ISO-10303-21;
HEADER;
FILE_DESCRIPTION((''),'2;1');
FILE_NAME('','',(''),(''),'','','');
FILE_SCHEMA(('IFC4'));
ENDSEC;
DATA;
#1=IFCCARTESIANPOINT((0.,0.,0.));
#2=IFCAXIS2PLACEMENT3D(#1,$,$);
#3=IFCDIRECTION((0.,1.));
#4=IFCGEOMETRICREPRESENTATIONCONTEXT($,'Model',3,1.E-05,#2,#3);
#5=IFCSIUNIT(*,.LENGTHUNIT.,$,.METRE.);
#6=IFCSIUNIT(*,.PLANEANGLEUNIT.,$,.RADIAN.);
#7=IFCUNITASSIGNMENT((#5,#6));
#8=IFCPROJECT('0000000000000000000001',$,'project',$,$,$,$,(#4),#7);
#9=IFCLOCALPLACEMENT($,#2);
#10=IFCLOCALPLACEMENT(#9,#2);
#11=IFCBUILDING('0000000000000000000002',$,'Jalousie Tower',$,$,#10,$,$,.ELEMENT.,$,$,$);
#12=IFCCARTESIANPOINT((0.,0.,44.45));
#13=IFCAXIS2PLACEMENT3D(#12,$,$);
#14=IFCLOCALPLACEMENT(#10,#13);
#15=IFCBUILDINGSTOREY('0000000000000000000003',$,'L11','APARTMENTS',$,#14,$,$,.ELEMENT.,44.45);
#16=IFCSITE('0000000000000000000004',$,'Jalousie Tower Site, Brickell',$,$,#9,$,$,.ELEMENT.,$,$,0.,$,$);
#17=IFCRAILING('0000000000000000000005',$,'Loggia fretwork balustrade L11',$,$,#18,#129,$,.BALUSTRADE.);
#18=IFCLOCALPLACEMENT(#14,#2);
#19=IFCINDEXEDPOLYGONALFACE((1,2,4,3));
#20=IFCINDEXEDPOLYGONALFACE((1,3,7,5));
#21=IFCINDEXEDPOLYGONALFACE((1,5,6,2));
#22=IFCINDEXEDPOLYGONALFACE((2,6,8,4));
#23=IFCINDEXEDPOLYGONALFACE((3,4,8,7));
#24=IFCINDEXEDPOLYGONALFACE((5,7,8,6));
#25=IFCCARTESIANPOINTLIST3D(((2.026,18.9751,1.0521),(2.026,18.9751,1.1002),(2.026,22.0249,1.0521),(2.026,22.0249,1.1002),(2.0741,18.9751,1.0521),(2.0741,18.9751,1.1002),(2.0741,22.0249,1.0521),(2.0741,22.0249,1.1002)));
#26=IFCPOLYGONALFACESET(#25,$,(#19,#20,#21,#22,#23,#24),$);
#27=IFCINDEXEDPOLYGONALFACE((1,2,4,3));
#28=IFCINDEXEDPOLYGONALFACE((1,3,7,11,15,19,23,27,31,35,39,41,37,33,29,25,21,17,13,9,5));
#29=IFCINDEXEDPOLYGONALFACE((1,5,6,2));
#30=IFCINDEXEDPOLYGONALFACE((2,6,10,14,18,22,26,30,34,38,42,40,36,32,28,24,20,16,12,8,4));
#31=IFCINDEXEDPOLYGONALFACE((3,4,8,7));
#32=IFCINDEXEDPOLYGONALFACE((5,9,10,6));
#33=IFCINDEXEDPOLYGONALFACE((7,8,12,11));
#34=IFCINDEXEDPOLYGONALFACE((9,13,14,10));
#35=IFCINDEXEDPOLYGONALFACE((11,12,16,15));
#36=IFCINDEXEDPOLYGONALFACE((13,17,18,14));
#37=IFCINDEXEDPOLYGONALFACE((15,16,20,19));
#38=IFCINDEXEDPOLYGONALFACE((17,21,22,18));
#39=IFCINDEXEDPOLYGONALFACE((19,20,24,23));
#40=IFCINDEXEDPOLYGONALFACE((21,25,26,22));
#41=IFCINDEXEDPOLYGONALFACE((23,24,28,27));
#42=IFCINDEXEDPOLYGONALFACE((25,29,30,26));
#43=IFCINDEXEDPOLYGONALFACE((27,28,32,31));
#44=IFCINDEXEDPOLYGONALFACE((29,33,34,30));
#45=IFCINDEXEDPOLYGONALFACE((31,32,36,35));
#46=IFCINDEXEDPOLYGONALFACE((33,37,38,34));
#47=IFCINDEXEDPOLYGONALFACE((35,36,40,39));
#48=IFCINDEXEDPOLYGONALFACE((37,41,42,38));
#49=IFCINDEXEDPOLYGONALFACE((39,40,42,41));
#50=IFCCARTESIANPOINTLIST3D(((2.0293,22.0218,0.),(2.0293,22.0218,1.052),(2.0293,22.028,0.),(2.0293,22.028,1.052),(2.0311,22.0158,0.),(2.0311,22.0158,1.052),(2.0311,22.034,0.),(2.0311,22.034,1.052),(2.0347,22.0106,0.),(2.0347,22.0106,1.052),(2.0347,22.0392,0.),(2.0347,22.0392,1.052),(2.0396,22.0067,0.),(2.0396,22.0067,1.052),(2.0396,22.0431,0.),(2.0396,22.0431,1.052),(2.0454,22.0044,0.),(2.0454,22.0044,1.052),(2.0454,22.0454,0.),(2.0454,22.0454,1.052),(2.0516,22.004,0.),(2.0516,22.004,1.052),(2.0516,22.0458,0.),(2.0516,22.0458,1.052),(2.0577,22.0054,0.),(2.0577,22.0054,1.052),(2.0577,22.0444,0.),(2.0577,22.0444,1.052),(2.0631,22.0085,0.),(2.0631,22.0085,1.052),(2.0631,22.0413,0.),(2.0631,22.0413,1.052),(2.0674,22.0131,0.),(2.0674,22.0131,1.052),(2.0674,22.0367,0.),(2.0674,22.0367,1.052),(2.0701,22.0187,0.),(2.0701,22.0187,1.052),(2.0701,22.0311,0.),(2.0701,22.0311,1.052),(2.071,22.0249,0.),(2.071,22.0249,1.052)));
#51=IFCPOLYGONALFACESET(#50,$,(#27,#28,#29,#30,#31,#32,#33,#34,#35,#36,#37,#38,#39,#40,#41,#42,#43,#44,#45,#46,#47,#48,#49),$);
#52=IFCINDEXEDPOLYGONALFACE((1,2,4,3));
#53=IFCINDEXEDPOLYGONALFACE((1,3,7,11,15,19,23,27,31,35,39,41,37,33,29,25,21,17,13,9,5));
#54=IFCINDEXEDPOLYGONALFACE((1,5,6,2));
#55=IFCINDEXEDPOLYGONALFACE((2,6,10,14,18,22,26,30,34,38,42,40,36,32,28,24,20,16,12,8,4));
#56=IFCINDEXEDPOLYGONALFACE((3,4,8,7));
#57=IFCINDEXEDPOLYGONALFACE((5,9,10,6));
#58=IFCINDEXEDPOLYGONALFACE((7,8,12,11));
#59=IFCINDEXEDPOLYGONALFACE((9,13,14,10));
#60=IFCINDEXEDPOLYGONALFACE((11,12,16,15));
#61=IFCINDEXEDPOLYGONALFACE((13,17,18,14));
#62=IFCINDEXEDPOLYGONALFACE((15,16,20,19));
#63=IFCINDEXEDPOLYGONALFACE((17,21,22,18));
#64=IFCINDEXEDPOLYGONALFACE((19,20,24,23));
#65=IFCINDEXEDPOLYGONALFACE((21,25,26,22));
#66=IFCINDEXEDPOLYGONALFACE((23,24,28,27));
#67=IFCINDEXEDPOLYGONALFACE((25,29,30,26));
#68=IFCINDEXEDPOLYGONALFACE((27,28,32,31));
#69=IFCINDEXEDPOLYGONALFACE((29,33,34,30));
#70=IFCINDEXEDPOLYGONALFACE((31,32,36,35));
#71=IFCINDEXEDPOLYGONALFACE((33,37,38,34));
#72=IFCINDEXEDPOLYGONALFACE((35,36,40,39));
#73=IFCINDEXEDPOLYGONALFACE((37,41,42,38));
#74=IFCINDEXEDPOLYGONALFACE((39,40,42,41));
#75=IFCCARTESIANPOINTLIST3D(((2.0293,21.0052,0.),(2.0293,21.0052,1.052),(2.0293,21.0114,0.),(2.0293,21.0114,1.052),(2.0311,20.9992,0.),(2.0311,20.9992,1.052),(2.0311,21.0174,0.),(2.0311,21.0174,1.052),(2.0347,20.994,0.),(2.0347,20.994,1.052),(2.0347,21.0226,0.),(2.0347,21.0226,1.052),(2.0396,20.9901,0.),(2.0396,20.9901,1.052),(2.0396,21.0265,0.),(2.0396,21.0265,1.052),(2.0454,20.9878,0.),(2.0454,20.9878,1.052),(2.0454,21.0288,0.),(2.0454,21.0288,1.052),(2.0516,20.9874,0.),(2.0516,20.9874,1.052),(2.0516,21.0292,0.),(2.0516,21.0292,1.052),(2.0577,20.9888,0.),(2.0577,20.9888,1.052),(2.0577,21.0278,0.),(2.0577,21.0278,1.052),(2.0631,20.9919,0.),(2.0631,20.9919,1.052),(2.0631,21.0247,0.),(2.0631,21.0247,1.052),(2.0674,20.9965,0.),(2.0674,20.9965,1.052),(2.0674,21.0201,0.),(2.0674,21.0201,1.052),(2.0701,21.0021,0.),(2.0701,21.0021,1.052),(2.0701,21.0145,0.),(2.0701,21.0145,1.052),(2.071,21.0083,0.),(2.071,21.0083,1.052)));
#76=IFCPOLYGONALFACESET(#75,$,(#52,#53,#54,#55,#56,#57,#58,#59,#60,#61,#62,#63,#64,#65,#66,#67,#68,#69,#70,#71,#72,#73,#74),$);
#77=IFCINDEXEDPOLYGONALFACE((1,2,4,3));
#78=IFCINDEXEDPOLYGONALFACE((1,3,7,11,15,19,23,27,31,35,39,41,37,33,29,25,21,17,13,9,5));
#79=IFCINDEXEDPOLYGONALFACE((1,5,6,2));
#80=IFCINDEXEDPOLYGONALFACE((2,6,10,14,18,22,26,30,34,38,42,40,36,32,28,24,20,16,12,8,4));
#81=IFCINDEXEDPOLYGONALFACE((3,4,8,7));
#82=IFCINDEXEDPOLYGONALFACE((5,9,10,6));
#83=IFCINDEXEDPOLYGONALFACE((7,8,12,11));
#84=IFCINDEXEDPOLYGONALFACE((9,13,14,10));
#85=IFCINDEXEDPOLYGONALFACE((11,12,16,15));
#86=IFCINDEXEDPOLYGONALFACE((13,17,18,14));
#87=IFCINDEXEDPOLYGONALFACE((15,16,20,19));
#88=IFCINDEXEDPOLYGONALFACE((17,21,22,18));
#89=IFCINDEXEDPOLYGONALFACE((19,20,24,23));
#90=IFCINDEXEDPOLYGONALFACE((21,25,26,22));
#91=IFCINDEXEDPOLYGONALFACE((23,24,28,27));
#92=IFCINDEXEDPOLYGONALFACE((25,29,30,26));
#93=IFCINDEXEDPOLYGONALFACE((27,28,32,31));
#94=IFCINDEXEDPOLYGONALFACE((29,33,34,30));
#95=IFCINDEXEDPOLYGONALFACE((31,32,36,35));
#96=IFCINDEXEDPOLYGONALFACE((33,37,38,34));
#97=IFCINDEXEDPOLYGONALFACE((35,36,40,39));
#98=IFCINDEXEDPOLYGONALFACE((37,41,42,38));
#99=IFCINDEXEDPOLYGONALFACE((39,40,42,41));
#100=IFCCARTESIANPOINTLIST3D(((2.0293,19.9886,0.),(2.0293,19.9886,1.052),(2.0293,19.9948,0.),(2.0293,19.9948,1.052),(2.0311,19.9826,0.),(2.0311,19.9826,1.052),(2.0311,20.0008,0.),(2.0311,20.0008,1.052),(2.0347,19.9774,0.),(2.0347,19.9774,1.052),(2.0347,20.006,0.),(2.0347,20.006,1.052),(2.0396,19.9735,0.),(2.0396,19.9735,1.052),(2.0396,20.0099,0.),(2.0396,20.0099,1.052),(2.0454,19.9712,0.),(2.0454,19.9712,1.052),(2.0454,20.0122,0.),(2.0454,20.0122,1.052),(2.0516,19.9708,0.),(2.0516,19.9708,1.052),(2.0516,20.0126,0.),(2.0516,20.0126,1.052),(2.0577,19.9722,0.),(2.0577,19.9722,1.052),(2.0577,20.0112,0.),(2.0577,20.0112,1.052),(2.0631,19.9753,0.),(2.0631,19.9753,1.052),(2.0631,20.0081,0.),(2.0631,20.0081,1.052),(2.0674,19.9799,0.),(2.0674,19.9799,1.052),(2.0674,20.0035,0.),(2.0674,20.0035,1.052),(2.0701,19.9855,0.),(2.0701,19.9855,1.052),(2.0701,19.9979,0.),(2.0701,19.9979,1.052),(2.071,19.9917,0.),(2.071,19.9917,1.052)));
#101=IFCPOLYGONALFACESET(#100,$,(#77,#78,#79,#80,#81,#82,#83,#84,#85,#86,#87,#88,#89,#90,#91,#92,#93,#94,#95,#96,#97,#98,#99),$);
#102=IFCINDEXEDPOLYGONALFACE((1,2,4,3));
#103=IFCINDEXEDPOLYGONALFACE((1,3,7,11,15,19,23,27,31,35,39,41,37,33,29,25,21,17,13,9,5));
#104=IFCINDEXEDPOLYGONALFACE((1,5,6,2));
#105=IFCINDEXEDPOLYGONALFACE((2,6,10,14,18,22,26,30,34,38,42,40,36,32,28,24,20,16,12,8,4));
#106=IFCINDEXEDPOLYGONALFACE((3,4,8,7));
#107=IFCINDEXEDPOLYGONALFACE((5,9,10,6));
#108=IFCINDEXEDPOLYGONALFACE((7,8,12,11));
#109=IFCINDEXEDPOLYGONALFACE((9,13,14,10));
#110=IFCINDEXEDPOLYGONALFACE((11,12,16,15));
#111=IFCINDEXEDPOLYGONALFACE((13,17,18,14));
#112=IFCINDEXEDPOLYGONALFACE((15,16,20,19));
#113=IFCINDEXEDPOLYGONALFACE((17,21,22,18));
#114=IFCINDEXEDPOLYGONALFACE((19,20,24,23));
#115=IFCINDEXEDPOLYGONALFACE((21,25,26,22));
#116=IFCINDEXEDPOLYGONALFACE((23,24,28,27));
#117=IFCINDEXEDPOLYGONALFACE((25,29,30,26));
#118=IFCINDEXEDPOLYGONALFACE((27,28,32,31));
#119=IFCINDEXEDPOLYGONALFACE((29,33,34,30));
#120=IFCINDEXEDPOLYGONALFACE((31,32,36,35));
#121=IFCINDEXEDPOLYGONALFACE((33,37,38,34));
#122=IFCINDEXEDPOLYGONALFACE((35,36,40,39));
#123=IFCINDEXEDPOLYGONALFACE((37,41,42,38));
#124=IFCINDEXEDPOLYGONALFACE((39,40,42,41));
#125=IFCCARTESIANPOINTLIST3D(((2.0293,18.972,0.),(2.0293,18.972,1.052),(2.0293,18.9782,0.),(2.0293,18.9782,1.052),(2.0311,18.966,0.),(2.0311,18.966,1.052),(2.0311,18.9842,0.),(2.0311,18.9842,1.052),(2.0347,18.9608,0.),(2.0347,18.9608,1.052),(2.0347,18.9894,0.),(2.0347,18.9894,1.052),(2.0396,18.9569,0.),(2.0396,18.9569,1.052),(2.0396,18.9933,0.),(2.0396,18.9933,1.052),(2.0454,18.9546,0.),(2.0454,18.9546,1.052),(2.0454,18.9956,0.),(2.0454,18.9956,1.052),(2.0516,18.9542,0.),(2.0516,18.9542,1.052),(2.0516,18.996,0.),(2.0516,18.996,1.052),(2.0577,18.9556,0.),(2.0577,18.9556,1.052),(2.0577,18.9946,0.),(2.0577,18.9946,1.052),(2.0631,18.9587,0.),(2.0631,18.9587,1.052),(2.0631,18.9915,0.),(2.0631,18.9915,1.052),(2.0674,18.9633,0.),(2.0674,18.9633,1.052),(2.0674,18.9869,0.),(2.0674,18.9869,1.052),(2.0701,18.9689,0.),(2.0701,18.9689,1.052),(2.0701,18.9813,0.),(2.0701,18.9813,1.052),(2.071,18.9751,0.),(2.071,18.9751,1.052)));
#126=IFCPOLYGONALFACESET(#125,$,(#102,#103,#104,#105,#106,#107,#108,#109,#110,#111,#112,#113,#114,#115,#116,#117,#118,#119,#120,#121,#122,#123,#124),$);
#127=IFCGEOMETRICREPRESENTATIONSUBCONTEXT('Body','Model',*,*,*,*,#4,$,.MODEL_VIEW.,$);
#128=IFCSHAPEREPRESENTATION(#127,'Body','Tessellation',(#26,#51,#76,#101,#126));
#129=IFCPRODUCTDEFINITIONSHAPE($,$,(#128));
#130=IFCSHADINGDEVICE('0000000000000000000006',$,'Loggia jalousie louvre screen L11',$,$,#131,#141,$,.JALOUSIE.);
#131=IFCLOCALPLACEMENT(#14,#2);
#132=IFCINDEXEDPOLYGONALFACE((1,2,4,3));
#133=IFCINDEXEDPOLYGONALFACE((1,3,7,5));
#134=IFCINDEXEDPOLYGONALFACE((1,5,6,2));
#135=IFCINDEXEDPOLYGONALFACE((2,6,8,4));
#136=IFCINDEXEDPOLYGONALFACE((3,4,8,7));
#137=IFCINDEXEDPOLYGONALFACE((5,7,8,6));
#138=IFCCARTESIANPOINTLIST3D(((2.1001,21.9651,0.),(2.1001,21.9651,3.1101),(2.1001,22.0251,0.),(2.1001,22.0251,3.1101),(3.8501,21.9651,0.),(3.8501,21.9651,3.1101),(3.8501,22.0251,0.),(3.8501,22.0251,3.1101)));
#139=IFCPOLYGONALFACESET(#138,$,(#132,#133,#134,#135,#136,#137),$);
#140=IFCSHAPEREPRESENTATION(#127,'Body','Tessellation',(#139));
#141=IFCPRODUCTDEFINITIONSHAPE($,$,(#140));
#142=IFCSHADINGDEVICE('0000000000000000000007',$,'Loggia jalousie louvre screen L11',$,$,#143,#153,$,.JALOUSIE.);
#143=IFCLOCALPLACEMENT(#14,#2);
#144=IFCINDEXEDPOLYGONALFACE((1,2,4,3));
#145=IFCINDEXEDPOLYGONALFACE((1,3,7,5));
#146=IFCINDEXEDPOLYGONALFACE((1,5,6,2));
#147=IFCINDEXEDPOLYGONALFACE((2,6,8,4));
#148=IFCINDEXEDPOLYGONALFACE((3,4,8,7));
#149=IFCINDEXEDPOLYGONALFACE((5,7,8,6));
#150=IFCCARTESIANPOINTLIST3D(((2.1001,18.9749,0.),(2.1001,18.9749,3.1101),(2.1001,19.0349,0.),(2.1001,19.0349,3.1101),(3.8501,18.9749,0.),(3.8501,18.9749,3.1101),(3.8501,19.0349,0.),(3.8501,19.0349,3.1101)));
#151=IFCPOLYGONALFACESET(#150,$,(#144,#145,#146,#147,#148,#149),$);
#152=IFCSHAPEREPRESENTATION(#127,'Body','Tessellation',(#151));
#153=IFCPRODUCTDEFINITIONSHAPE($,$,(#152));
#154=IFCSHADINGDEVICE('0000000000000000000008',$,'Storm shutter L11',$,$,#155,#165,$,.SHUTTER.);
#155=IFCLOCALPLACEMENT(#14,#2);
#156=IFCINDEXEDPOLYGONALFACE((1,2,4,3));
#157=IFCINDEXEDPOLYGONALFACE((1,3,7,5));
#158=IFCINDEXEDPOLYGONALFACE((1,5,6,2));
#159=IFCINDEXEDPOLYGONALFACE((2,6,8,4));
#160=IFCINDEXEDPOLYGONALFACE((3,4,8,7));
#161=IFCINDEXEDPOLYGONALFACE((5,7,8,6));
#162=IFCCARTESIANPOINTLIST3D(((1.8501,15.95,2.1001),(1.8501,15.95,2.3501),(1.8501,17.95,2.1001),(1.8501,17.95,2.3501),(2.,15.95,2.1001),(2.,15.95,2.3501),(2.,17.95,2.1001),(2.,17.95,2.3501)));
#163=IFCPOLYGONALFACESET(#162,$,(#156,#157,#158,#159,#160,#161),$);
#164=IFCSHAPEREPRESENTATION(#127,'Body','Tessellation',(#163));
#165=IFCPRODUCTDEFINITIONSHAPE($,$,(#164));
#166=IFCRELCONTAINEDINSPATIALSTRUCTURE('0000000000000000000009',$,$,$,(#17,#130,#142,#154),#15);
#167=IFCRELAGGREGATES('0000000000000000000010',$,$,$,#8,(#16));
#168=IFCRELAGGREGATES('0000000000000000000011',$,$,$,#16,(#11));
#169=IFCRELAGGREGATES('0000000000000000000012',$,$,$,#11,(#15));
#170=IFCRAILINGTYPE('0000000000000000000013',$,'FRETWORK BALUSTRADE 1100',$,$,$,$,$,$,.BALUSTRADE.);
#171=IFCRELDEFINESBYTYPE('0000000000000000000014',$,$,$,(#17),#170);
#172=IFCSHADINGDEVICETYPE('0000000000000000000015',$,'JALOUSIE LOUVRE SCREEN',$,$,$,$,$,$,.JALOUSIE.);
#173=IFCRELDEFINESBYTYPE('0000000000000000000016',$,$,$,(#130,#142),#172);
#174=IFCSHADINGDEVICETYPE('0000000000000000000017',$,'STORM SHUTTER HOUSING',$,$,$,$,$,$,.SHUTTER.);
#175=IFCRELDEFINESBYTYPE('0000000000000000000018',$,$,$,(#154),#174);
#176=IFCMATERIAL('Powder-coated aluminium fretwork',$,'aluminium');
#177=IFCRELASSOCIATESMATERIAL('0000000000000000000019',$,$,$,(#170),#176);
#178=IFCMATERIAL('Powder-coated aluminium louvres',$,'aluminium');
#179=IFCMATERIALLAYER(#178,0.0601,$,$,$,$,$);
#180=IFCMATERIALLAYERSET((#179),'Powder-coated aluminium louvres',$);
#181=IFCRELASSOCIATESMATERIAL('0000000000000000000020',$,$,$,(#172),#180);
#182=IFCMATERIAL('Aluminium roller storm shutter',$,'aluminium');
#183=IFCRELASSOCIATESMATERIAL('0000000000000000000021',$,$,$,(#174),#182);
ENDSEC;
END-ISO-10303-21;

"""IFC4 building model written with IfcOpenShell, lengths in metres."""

from ifc_helpers import new_model, si_unit, direction, frame, origin, origin_2d, place, context, subcontext, project, spatial, rectangle, circle, extrude, material, layer, layer_set, type_object, element, save


model = new_model("IFC4")

# Units and contexts
model_context = context("Model", 3, precision=1e-05, world=origin(), true_north=direction((0.0, 1.0)))
body_context = subcontext(model_context, "Body", "Model", "MODEL_VIEW")
ifc_project = project(units=[si_unit("LENGTHUNIT", "METRE"), si_unit("PLANEANGLEUNIT", "RADIAN")], contexts=[model_context])

# Site, building, storey
site_placement = place(None, origin())
site = spatial("IfcSite", under=ifc_project, at=site_placement, Name="Jalousie Tower Site, Brickell", CompositionType="ELEMENT", RefElevation=0.0)
building_placement = place(site_placement, origin())
building = spatial("IfcBuilding", under=site, at=building_placement, Name="Jalousie Tower", CompositionType="ELEMENT")
storey_placement = place(building_placement, frame((0.0, 0.0, 44.45)))
storey = spatial("IfcBuildingStorey", under=building, at=storey_placement, Name="L11", Description="APARTMENTS", CompositionType="ELEMENT", Elevation=44.45)

# Railing
ifc_material_1 = material(Name="Powder-coated aluminium fretwork", Category="aluminium")
railing_type = type_object("IfcRailingType", Name="FRETWORK BALUSTRADE 1100", PredefinedType="BALUSTRADE", material=ifc_material_1)
railing_placement = place(storey_placement, frame((2.05, 22.0249, 0.0)))
element("IfcRailing", 1, at=railing_placement, inside=storey, type_object=railing_type, Name="Loggia fretwork balustrade L11", PredefinedType="BALUSTRADE", context=body_context, shape_type="SweptSolid", body=[
    extrude(rectangle(XDim=0.0481, YDim=0.0481, at=origin_2d()), frame((0.0, 0.0, 1.0762), z_axis=(0.0, -1.0, 0.0), x_axis=(1.0, 0.0, 0.0)), (0.0, 0.0, 1.0), 3.0498),
    extrude(circle(Radius=0.021, at=origin_2d()), origin(), (0.0, 0.0, 1.0), 1.052),
    extrude(circle(Radius=0.021, at=origin_2d()), frame((0.0, -1.0166, 0.0)), (0.0, 0.0, 1.0), 1.052),
    extrude(circle(Radius=0.021, at=origin_2d()), frame((0.0, -2.0332, 0.0)), (0.0, 0.0, 1.0), 1.052),
    extrude(circle(Radius=0.021, at=origin_2d()), frame((0.0, -3.0498, 0.0)), (0.0, 0.0, 1.0), 1.052),
])

# Shading devices
ifc_material_2 = material(Name="Powder-coated aluminium louvres", Category="aluminium")
ifc_layer_1 = layer(ifc_material_2, 0.0601)
ifc_layer_set_1 = layer_set([ifc_layer_1], Name="Powder-coated aluminium louvres")
shading_device_type_1 = type_object("IfcShadingDeviceType", Name="JALOUSIE LOUVRE SCREEN", PredefinedType="JALOUSIE", material=ifc_layer_set_1)
for number, where, z_axis, x_axis, name in (
    (2, (2.9751, 21.9951, 0.0), (0.0, 0.0, 1.0), (0.0, -1.0, 0.0), "Loggia jalousie louvre screen L11"),
    (3, (2.9751, 19.0049, 0.0), (0.0, 0.0, 1.0), (0.0, -1.0, 0.0), "Loggia jalousie louvre screen L11"),
):
    element("IfcShadingDevice", number, at=place(storey_placement, frame(where, z_axis=z_axis, x_axis=x_axis)), inside=storey, type_object=shading_device_type_1, Name=name, PredefinedType="JALOUSIE", context=body_context, shape_type="SweptSolid", body=[
        extrude(rectangle(XDim=0.0601, YDim=1.75, at=origin_2d()), origin(), (0.0, 0.0, 1.0), 3.1101),
    ])
ifc_material_3 = material(Name="Aluminium roller storm shutter", Category="aluminium")
shading_device_type_2 = type_object("IfcShadingDeviceType", Name="STORM SHUTTER HOUSING", PredefinedType="SHUTTER", material=ifc_material_3)
shading_device_placement = place(storey_placement, frame((1.925, 16.95, 2.1001), z_axis=(0.0, 0.0, 1.0), x_axis=(0.0, -1.0, 0.0)))
element("IfcShadingDevice", 4, at=shading_device_placement, inside=storey, type_object=shading_device_type_2, Name="Storm shutter L11", PredefinedType="SHUTTER", context=body_context, shape_type="SweptSolid", body=[
    extrude(rectangle(XDim=2.0, YDim=0.1499, at=origin_2d()), origin(), (0.0, 0.0, 1.0), 0.25),
])

save(model, "model.ifc")
